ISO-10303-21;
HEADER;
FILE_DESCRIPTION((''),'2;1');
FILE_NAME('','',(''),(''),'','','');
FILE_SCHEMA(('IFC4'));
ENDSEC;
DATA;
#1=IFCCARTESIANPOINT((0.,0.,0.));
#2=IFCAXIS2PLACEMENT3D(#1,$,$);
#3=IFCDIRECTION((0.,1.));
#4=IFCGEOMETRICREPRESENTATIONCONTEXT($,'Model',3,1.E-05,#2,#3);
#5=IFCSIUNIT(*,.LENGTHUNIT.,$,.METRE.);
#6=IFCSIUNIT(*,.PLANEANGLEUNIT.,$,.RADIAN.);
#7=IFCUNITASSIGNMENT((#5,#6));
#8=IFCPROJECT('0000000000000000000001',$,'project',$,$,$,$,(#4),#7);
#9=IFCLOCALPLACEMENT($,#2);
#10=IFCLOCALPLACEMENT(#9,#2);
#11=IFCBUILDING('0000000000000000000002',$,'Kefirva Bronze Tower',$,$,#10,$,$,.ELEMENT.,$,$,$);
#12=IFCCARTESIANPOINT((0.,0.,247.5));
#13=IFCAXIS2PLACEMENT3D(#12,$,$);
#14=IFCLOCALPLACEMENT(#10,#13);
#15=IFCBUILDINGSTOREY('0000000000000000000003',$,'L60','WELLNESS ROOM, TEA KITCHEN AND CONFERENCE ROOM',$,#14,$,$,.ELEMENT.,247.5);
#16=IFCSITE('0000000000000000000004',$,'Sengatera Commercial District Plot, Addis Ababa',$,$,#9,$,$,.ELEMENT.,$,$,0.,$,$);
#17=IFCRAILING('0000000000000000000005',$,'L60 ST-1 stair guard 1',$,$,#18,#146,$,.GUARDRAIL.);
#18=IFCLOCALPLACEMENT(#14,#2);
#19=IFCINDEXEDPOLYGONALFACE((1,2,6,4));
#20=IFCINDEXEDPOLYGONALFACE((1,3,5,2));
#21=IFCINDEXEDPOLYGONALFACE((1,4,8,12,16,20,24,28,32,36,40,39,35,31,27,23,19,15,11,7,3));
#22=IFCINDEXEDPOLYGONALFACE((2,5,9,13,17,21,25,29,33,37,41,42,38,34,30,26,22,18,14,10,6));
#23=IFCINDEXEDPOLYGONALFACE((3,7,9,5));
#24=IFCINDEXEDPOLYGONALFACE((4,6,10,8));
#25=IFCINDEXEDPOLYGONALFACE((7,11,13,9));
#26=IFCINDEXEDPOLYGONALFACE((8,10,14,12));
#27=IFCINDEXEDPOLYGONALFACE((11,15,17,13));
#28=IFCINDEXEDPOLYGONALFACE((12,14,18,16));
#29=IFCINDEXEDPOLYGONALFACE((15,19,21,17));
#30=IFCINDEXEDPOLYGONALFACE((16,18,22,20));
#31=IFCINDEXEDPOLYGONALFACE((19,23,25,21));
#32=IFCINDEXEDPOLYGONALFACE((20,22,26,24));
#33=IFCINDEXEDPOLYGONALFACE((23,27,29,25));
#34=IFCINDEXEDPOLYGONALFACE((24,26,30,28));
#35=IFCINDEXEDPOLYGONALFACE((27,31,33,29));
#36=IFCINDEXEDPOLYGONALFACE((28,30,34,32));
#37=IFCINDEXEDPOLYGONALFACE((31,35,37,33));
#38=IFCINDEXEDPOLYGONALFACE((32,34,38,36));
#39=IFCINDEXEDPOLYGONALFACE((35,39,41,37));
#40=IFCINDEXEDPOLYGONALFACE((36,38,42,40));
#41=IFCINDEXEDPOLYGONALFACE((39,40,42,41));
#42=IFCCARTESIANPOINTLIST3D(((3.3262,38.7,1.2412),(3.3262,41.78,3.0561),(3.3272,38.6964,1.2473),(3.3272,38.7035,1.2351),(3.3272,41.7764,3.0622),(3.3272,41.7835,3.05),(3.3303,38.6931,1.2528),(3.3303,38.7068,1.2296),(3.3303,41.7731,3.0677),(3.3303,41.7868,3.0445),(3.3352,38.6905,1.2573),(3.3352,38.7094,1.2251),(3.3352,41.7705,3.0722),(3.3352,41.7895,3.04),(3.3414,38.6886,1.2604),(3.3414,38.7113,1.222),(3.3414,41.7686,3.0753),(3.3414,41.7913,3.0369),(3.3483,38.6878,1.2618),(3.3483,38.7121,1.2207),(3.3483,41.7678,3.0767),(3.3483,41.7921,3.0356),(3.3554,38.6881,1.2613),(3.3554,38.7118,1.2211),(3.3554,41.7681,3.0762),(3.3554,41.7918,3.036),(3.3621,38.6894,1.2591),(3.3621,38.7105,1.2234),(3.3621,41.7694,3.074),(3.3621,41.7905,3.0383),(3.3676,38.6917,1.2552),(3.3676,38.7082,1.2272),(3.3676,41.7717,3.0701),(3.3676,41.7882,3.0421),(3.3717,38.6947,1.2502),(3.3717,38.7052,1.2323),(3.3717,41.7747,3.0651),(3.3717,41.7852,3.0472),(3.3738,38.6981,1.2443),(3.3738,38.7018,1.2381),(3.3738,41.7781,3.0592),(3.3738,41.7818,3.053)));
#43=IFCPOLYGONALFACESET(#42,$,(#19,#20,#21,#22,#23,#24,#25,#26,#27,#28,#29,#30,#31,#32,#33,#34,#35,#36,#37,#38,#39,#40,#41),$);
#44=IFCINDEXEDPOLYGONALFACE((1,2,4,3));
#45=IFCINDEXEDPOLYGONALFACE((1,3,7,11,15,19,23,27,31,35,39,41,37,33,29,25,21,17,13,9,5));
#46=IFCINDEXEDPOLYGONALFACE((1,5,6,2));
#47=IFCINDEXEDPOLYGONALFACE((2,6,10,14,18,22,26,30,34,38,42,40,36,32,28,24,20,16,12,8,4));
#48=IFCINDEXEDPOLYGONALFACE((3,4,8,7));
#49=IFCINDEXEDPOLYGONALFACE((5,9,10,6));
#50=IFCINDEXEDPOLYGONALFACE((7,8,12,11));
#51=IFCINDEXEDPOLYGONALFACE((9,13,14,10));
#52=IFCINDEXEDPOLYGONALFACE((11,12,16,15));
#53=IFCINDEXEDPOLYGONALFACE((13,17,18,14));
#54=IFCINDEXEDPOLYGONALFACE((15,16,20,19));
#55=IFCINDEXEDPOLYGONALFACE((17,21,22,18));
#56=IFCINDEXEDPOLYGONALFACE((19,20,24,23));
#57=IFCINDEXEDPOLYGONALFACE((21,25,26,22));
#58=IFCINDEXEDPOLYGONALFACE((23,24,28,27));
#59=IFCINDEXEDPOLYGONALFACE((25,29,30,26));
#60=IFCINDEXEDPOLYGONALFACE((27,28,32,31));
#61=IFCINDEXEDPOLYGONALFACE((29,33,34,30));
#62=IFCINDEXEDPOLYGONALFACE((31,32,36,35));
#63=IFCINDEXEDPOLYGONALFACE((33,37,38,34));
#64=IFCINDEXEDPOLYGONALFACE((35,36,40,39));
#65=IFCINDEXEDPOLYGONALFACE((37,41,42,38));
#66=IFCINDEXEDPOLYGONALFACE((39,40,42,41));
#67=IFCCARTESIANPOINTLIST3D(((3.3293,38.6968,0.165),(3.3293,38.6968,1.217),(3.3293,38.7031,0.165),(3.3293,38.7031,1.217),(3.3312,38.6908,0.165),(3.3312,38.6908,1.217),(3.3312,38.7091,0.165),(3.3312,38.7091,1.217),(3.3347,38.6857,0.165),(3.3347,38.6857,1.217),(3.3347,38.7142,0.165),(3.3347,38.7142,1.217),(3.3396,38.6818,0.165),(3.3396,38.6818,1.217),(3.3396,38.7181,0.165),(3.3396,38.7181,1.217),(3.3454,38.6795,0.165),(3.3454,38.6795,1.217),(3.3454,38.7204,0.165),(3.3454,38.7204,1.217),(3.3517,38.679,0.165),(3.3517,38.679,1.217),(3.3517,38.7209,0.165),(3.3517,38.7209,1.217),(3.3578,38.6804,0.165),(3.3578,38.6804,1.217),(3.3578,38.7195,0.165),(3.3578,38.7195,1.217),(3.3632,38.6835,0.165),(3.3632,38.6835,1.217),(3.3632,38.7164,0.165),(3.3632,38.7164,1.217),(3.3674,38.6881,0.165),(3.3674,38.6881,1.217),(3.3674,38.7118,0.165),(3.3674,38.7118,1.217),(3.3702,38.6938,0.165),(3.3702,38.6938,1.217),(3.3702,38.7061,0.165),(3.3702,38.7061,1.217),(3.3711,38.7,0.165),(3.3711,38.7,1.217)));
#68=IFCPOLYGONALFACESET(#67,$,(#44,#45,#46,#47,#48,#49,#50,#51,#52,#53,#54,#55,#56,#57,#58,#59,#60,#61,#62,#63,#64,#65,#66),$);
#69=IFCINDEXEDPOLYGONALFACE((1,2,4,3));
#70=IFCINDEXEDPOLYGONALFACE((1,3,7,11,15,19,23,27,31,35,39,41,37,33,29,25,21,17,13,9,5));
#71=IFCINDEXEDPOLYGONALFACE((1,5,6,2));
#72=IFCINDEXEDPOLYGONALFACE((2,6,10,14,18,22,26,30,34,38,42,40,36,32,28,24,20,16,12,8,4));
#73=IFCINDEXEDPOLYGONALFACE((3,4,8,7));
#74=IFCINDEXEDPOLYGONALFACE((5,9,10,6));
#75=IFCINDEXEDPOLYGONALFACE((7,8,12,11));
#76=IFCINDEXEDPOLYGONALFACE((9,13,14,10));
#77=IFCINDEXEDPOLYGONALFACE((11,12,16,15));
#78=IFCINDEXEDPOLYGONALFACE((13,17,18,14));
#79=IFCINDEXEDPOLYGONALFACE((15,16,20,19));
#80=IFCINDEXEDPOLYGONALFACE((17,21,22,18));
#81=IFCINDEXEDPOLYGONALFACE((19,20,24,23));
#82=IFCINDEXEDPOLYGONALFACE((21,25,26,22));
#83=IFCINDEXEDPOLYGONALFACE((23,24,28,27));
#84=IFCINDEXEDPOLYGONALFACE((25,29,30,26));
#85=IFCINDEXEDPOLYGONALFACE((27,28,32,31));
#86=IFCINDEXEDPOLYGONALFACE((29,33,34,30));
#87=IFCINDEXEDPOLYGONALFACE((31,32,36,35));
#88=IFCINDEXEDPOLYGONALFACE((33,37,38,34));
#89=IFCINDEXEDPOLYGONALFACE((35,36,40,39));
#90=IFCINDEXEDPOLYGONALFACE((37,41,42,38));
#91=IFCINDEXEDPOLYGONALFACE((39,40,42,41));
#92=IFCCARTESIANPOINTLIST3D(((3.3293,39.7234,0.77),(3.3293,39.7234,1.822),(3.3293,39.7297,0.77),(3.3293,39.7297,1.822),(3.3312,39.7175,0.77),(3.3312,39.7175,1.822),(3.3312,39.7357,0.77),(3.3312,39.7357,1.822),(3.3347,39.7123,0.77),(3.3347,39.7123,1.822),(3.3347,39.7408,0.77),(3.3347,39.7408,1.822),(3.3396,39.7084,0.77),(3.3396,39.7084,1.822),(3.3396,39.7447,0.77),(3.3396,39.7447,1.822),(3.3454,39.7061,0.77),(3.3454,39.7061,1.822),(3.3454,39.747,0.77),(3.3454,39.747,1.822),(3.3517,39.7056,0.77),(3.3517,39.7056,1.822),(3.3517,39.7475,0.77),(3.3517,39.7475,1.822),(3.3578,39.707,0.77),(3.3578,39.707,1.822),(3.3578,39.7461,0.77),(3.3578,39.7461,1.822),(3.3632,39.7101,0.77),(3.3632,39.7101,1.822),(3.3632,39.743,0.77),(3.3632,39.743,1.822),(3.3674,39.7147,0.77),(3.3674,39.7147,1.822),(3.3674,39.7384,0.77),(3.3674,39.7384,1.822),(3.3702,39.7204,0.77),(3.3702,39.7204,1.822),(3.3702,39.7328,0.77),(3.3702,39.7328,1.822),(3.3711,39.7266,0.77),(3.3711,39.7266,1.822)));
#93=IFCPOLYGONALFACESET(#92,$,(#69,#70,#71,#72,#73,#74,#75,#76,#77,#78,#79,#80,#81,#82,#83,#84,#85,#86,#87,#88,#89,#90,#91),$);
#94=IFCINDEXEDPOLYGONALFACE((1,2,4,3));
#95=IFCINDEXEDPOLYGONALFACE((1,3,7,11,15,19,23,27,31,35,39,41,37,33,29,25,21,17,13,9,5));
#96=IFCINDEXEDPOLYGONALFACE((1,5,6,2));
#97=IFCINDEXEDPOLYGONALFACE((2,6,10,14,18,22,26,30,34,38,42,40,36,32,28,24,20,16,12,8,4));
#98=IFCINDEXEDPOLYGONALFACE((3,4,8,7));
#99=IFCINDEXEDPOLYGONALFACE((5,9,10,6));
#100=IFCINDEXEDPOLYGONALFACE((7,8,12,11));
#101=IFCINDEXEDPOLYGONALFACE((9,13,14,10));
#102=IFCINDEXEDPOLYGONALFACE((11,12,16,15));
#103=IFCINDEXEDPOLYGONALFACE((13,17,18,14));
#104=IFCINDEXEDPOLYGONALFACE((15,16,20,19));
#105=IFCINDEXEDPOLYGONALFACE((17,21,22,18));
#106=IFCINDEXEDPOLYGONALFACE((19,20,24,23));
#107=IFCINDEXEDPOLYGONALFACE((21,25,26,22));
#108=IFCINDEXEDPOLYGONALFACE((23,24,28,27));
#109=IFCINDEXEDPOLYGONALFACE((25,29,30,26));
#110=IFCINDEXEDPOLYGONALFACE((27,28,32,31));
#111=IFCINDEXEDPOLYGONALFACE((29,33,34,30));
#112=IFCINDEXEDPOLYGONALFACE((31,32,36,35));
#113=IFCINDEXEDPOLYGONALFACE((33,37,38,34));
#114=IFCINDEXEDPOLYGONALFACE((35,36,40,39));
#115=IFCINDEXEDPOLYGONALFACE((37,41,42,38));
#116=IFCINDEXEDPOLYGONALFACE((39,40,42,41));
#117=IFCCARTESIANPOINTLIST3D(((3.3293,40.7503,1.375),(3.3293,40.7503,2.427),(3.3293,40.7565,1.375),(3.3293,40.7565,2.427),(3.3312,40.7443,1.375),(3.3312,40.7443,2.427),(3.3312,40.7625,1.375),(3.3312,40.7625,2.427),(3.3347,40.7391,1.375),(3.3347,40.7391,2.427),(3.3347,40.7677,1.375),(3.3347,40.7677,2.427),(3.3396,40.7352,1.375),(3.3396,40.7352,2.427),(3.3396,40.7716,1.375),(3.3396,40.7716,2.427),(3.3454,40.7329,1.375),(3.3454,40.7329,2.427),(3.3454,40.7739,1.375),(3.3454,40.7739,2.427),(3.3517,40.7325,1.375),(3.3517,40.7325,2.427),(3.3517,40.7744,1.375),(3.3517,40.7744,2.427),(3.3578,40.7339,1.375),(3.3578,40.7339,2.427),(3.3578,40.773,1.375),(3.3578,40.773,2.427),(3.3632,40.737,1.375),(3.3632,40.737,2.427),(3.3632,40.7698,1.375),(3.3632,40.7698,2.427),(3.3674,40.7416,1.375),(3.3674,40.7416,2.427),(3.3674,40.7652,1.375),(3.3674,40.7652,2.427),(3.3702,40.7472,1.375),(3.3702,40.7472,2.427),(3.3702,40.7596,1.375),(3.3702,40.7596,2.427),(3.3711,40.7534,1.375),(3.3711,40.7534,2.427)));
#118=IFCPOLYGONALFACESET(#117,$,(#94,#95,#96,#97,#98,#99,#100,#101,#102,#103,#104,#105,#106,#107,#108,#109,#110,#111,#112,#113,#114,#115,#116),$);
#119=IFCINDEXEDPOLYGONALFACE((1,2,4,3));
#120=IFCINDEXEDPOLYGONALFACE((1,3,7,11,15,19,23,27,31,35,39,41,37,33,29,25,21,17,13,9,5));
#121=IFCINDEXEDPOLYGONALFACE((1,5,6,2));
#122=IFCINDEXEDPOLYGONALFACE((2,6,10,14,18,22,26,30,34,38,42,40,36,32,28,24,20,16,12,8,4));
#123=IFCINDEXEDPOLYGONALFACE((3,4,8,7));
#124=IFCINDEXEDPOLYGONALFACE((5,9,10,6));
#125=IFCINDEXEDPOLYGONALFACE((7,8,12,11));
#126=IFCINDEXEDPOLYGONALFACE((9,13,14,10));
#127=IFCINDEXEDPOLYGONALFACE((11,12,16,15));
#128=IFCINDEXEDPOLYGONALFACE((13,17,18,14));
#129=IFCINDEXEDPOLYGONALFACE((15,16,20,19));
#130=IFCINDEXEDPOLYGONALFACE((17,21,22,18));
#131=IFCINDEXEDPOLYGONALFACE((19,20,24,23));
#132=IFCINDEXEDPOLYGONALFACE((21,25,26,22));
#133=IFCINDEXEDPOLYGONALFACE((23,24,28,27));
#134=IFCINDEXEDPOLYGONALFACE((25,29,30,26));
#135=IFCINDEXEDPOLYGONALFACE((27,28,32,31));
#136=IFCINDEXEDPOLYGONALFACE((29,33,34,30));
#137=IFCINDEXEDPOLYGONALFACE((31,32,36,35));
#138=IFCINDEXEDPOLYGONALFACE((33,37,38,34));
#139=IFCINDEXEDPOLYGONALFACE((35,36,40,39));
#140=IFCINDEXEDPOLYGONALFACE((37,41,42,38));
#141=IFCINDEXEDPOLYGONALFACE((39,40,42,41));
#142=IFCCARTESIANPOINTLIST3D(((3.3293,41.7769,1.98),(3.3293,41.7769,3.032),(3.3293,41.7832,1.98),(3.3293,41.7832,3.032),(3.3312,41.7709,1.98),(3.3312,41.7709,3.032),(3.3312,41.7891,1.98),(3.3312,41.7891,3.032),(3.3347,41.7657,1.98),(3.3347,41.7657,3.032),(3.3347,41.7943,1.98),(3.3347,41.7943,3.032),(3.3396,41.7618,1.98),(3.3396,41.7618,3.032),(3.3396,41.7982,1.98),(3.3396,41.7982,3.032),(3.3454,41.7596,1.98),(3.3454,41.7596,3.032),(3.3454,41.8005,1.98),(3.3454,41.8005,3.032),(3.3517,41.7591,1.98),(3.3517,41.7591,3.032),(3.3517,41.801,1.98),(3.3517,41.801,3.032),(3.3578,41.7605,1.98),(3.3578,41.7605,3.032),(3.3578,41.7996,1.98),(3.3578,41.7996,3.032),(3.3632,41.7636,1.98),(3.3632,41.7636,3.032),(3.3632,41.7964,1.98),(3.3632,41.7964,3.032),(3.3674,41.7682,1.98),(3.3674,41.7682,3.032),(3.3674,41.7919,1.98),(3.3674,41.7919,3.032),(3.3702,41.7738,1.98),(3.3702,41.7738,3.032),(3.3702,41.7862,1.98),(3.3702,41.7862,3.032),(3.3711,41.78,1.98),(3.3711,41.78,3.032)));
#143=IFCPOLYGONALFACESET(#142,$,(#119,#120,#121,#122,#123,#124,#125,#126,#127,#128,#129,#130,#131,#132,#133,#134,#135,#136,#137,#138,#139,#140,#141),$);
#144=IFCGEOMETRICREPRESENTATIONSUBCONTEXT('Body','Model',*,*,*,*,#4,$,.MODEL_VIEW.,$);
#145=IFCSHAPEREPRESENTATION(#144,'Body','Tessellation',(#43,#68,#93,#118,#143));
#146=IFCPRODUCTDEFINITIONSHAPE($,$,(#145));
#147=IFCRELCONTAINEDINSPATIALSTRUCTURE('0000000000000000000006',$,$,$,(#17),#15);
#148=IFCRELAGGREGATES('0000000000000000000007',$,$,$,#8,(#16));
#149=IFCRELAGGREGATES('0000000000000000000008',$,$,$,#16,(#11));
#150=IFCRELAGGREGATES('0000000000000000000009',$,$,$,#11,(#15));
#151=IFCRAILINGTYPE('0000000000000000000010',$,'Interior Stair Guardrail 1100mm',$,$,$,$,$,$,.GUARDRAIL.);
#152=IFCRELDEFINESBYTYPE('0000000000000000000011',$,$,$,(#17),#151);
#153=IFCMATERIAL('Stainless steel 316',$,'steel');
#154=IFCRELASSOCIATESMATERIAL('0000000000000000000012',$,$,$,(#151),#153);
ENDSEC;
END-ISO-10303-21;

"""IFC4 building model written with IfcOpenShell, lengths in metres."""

from ifc_helpers import new_model, si_unit, direction, frame, origin, origin_2d, place, context, subcontext, project, spatial, circle, extrude, material, type_object, element, save


model = new_model("IFC4")

# Units and contexts
model_context = context("Model", 3, precision=1e-05, world=origin(), true_north=direction((0.0, 1.0)))
body_context = subcontext(model_context, "Body", "Model", "MODEL_VIEW")
ifc_project = project(units=[si_unit("LENGTHUNIT", "METRE"), si_unit("PLANEANGLEUNIT", "RADIAN")], contexts=[model_context])

# Site, building, storey
site_placement = place(None, origin())
site = spatial("IfcSite", under=ifc_project, at=site_placement, Name="Sengatera Commercial District Plot, Addis Ababa", CompositionType="ELEMENT", RefElevation=0.0)
building_placement = place(site_placement, origin())
building = spatial("IfcBuilding", under=site, at=building_placement, Name="Kefirva Bronze Tower", CompositionType="ELEMENT")
storey_placement = place(building_placement, frame((0.0, 0.0, 247.5)))
storey = spatial("IfcBuildingStorey", under=building, at=storey_placement, Name="L60", Description="WELLNESS ROOM, TEA KITCHEN AND CONFERENCE ROOM", CompositionType="ELEMENT", Elevation=247.5)

# Railing
ifc_material_1 = material(Name="Stainless steel 316", Category="steel")
railing_type_1 = type_object("IfcRailingType", Name="Interior Stair Guardrail 1100mm", PredefinedType="GUARDRAIL", material=ifc_material_1)
railing_1_placement = place(storey_placement, frame((3.3501, 38.7, 0.165)))
element("IfcRailing", 1, at=railing_1_placement, inside=storey, type_object=railing_type_1, Name="L60 ST-1 stair guard 1", PredefinedType="GUARDRAIL", context=body_context, shape_type="SweptSolid", body=[
    extrude(circle(Radius=0.0239, at=origin_2d()), frame((0.0, 0.0, 1.0762), z_axis=(0.0, 0.861551, 0.507671), x_axis=(-1.0, 0.0, 0.0)), (0.0, 0.0, 1.0), 3.575),
    extrude(circle(Radius=0.021, at=origin_2d()), origin(), (0.0, 0.0, 1.0), 1.052),
    extrude(circle(Radius=0.021, at=origin_2d()), frame((0.0, 1.0266, 0.605)), (0.0, 0.0, 1.0), 1.052),
    extrude(circle(Radius=0.021, at=origin_2d()), frame((0.0, 2.0535, 1.21)), (0.0, 0.0, 1.0), 1.052),
    extrude(circle(Radius=0.021, at=origin_2d()), frame((0.0, 3.0801, 1.8149)), (0.0, 0.0, 1.0), 1.052),
])

save(model, "model.ifc")
